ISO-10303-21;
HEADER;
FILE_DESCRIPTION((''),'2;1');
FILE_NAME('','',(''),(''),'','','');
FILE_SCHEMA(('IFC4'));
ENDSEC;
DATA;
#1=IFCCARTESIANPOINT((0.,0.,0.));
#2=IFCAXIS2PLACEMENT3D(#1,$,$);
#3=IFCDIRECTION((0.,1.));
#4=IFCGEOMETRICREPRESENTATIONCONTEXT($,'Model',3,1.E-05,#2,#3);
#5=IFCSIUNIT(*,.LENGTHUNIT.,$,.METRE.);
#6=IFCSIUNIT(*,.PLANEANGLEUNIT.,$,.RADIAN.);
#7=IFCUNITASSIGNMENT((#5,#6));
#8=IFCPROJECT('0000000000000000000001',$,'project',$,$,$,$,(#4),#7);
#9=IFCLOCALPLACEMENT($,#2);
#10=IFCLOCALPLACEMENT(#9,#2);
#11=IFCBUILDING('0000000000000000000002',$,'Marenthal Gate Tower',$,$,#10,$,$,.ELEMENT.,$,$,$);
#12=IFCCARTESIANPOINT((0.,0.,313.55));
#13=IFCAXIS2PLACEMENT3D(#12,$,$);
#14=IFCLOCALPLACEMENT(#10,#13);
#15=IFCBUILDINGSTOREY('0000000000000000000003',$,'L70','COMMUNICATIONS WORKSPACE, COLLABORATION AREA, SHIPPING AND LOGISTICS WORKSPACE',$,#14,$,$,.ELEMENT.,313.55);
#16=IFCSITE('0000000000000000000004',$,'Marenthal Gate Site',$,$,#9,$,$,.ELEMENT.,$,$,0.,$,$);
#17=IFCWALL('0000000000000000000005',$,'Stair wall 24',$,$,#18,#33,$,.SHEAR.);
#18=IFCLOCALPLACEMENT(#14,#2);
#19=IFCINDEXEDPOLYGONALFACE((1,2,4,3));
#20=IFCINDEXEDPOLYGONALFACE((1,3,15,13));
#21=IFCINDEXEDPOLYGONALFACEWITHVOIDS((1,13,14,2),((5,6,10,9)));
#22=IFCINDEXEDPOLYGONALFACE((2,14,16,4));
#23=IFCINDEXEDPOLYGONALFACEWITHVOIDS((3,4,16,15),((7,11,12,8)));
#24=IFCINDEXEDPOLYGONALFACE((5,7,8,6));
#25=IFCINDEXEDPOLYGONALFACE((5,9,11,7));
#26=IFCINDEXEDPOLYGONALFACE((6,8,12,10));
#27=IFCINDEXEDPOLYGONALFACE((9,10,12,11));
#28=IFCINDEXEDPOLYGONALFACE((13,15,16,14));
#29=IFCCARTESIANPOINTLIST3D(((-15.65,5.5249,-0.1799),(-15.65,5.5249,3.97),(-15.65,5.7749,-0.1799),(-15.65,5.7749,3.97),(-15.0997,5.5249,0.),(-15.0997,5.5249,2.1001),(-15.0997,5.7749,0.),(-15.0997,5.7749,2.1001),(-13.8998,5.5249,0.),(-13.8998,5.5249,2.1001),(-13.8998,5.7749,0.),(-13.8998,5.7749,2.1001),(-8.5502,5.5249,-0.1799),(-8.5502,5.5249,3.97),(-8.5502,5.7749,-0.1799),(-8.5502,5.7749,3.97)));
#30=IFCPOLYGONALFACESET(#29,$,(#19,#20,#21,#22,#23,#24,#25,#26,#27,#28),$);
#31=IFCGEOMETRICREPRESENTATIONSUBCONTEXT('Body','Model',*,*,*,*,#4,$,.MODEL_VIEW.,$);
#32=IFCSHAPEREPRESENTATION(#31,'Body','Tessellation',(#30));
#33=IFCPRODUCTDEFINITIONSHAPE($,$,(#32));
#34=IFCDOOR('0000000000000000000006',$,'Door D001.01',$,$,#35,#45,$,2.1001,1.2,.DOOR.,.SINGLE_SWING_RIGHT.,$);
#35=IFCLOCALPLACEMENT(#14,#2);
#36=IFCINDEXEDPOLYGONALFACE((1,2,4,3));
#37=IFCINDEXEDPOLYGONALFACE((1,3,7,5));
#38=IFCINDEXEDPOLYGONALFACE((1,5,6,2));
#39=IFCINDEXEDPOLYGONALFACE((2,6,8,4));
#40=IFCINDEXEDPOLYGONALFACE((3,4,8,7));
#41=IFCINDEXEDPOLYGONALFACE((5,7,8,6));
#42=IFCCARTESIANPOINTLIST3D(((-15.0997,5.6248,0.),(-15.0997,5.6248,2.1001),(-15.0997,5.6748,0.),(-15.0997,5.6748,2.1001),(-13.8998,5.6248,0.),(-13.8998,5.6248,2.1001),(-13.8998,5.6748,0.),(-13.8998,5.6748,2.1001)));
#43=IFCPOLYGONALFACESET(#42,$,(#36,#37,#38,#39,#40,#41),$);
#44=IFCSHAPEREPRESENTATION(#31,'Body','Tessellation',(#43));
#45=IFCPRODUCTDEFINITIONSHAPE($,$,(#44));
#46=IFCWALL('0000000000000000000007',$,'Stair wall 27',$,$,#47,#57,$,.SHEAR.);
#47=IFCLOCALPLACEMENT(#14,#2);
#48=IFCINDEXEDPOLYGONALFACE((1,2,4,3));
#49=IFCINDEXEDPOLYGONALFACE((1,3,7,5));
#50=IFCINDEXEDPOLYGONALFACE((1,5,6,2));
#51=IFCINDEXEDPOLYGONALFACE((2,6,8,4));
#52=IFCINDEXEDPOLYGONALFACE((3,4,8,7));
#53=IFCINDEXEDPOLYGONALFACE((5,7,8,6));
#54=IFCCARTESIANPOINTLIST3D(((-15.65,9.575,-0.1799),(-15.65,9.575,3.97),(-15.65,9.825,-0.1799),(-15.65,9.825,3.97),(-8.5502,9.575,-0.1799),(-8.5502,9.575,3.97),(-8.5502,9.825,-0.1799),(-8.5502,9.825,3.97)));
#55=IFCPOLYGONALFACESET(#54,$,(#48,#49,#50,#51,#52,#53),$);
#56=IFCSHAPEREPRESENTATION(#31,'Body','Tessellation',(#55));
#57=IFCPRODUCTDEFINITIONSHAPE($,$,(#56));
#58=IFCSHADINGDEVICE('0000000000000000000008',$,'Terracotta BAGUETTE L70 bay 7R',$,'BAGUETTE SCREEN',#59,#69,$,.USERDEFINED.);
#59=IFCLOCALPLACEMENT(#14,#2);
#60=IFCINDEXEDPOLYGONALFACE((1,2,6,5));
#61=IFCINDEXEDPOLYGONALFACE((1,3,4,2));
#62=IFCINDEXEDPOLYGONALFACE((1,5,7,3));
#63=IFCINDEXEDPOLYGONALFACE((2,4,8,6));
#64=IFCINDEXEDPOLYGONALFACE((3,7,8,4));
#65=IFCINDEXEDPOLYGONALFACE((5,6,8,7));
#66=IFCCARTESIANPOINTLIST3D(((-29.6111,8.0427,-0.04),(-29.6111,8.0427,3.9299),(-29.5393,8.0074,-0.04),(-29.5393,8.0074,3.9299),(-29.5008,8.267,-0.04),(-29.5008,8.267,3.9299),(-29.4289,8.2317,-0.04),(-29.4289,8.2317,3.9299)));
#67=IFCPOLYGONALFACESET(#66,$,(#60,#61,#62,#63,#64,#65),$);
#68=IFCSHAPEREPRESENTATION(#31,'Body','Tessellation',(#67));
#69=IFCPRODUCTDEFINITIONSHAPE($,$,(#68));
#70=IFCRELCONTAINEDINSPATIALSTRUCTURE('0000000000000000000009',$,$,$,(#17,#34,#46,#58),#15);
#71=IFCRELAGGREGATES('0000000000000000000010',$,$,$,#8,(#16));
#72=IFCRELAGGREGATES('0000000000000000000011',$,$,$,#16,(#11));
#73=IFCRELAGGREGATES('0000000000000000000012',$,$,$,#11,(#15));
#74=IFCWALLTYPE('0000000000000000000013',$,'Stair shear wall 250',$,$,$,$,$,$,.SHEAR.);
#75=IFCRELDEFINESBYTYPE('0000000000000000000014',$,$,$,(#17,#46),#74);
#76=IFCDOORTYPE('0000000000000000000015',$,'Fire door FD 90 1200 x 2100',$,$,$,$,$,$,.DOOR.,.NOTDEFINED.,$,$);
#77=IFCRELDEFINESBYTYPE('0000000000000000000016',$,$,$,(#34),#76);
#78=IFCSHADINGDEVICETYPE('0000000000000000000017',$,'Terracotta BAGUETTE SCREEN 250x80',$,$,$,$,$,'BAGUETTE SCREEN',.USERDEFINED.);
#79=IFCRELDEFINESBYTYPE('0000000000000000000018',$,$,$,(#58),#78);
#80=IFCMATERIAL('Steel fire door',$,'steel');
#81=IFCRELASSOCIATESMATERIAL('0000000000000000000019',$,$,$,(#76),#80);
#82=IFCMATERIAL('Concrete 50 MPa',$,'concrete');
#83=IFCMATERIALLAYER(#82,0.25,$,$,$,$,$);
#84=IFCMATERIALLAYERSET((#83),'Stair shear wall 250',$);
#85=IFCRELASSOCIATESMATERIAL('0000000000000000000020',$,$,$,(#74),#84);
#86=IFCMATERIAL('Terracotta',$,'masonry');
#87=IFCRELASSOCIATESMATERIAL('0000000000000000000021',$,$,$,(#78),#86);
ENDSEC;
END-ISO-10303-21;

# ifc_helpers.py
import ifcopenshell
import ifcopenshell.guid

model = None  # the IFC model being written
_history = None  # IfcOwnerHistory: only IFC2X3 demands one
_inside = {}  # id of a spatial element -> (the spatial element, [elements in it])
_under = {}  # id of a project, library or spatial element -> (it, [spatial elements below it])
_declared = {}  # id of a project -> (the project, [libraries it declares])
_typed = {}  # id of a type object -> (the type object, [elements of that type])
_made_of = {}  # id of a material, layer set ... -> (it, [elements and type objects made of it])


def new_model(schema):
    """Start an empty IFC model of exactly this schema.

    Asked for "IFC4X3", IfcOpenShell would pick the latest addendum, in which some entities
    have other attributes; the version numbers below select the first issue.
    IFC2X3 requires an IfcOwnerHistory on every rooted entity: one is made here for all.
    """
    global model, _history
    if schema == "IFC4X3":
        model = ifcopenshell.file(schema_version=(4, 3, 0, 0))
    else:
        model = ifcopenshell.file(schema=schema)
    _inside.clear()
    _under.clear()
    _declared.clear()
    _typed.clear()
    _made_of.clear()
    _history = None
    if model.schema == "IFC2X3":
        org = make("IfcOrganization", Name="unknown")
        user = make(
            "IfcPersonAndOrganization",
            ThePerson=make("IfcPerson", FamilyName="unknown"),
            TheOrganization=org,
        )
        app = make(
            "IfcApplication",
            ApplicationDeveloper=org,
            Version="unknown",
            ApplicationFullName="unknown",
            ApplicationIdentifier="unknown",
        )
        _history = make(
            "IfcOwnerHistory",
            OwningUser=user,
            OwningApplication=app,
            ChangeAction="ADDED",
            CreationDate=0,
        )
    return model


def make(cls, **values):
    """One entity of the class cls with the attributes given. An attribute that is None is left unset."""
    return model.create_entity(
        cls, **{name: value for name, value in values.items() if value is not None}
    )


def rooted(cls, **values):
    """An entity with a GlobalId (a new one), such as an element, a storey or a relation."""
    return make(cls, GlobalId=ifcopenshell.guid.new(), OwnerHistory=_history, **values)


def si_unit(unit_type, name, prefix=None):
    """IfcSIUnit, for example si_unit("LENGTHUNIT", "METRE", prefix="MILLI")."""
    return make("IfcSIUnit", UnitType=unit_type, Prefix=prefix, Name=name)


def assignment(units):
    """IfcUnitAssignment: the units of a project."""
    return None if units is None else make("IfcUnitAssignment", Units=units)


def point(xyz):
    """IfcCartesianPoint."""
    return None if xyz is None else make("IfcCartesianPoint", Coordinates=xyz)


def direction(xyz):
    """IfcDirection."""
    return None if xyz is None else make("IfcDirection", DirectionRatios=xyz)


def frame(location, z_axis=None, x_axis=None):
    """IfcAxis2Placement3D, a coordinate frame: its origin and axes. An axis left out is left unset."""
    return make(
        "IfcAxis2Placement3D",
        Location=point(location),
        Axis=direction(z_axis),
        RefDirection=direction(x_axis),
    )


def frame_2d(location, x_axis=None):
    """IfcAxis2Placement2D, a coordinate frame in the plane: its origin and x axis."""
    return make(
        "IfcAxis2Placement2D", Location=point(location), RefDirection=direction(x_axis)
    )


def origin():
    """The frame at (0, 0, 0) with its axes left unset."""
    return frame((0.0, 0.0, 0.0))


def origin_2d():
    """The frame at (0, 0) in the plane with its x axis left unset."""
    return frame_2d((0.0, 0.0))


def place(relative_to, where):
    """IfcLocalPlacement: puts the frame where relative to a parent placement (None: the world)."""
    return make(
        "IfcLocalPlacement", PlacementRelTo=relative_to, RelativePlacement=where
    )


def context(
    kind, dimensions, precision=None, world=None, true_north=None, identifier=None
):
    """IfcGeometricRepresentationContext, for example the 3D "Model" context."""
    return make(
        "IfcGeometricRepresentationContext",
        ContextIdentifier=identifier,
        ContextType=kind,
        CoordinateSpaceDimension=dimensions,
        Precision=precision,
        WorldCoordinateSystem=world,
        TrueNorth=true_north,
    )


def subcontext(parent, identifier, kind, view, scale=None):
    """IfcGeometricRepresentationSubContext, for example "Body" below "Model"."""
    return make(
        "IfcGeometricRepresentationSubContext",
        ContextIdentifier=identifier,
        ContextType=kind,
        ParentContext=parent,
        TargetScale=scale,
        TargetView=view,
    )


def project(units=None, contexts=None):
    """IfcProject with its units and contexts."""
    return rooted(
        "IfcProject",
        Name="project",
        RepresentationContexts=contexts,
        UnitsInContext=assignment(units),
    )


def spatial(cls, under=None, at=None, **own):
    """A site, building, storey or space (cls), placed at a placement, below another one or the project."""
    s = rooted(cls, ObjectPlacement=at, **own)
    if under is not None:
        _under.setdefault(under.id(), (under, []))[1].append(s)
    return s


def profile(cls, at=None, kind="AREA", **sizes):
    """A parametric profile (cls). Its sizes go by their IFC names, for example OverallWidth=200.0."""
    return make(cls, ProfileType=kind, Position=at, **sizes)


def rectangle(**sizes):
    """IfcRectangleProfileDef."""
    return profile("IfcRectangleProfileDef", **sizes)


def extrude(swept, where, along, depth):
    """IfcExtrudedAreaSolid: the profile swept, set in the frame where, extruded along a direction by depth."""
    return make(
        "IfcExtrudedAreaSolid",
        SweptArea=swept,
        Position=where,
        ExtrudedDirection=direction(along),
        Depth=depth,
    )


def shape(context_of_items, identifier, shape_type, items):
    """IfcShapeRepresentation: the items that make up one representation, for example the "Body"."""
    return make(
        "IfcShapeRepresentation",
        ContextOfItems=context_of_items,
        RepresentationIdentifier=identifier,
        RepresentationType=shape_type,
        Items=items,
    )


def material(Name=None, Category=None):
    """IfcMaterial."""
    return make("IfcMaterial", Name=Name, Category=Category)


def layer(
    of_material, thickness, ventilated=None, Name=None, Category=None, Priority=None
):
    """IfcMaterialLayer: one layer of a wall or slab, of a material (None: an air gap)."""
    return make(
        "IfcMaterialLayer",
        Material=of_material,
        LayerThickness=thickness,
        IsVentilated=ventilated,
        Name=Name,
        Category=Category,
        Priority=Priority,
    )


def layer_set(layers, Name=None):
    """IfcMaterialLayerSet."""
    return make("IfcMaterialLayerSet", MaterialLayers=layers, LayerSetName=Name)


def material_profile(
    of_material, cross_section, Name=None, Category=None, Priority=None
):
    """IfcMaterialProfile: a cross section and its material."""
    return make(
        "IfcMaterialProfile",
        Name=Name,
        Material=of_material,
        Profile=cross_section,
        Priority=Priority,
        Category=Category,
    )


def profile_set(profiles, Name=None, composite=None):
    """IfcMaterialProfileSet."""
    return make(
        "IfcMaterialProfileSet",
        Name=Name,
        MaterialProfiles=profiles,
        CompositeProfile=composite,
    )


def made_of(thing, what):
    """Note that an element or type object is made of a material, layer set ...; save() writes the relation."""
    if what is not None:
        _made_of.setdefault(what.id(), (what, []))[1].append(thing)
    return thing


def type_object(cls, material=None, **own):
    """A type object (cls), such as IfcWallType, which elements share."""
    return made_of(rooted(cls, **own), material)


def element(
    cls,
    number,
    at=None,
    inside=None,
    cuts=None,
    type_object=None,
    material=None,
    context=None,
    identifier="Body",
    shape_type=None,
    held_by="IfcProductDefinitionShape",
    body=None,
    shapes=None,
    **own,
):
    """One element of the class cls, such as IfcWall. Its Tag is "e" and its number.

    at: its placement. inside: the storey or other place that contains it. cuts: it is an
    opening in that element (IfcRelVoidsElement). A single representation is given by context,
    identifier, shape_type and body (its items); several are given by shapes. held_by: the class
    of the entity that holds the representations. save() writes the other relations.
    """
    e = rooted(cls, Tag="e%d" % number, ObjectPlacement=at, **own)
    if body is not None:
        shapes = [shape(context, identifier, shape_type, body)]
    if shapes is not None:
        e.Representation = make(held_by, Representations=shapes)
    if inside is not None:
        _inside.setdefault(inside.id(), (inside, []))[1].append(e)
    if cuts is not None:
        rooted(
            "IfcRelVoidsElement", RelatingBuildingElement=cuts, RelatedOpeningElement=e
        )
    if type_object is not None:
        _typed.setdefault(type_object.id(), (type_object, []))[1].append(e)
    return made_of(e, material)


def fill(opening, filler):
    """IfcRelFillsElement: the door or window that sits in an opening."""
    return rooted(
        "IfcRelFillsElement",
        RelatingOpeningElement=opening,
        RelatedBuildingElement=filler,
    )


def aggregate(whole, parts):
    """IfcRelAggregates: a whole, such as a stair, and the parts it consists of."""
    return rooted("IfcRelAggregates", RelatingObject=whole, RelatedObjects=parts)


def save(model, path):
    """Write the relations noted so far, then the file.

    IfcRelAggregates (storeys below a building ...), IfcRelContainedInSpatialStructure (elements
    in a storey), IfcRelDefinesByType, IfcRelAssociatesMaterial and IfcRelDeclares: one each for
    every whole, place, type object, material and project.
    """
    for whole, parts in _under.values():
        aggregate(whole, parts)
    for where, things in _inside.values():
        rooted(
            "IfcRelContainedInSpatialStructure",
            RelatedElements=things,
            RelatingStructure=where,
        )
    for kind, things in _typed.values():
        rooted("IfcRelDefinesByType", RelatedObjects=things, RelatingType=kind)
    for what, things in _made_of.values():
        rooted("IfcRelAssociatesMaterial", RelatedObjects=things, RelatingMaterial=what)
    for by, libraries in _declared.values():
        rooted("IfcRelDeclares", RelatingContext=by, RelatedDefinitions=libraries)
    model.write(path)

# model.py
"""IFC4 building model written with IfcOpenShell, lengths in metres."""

from ifc_helpers import new_model, si_unit, direction, frame, frame_2d, origin, origin_2d, place, context, subcontext, project, spatial, rectangle, extrude, material, layer, layer_set, material_profile, profile_set, type_object, element, fill, save


model = new_model("IFC4")

# Units and contexts
model_context = context("Model", 3, precision=1e-05, world=origin(), true_north=direction((0.0, 1.0)))
body_context = subcontext(model_context, "Body", "Model", "MODEL_VIEW")
ifc_project = project(units=[si_unit("LENGTHUNIT", "METRE"), si_unit("PLANEANGLEUNIT", "RADIAN")], contexts=[model_context])

# Site, building, storey
site_placement = place(None, origin())
site = spatial("IfcSite", under=ifc_project, at=site_placement, Name="Marenthal Gate Site", CompositionType="ELEMENT", RefElevation=0.0)
building_placement = place(site_placement, origin())
building = spatial("IfcBuilding", under=site, at=building_placement, Name="Marenthal Gate Tower", CompositionType="ELEMENT")
storey_placement = place(building_placement, frame((0.0, 0.0, 313.55)))
storey = spatial("IfcBuildingStorey", under=building, at=storey_placement, Name="L70", Description="COMMUNICATIONS WORKSPACE, COLLABORATION AREA, SHIPPING AND LOGISTICS WORKSPACE", CompositionType="ELEMENT", Elevation=313.55)

# Shared definitions
ifc_material_1 = material(Name="Steel fire door", Category="steel")
door_type_1 = type_object("IfcDoorType", Name="Fire door FD 90 1200 x 2100", OperationType="NOTDEFINED", PredefinedType="DOOR", material=ifc_material_1)

# Wall, opening, door
ifc_material_2 = material(Name="Concrete 50 MPa", Category="concrete")
ifc_layer_1 = layer(ifc_material_2, 0.25)
ifc_layer_set_1 = layer_set([ifc_layer_1], Name="Stair shear wall 250")
wall_type_1 = type_object("IfcWallType", Name="Stair shear wall 250", PredefinedType="SHEAR", material=ifc_layer_set_1)
wall_1_placement = place(storey_placement, frame((-15.6499, 5.6499, -0.1799), z_axis=(0.0, 0.0, 1.0), x_axis=(1.0, 0.0, 0.0)))
wall_1 = element("IfcWall", 1, at=wall_1_placement, inside=storey, type_object=wall_type_1, Name="Stair wall 24", PredefinedType="SHEAR", context=body_context, shape_type="SweptSolid", body=[
    extrude(rectangle(XDim=7.0999, YDim=0.25, at=frame_2d((3.5498, 0.0))), origin(), (0.0, 0.0, 1.0), 4.1499),
])
opening_1_placement = place(wall_1_placement, frame((0.55, 0.0, 0.1799)))
opening_1 = element("IfcOpeningElement", 2, at=opening_1_placement, cuts=wall_1, PredefinedType="OPENING", context=body_context, shape_type="SweptSolid", body=[
    extrude(rectangle(XDim=1.2, YDim=2.1001, at=frame_2d((0.6001, 1.05))), frame((0.0, 0.135, 0.0), z_axis=(0.0, -1.0, 0.0), x_axis=(1.0, 0.0, 0.0)), (0.0, 0.0, 1.0), 0.27),
])
door_1_placement = place(opening_1_placement, origin())
door_1 = element("IfcDoor", 3, at=door_1_placement, inside=storey, type_object=door_type_1, Name="Door D001.01", OperationType="SINGLE_SWING_RIGHT", OverallHeight=2.1001, OverallWidth=1.2, PredefinedType="DOOR", context=body_context, shape_type="SweptSolid", body=[
    extrude(rectangle(XDim=1.2, YDim=2.1001, at=frame_2d((0.6001, 1.05))), frame((0.0, 0.0249, 0.0), z_axis=(0.0, -1.0, 0.0), x_axis=(1.0, 0.0, 0.0)), (0.0, 0.0, 1.0), 0.05),
])
fill(opening_1, door_1)

# Wall
wall_2_placement = place(storey_placement, frame((-15.6499, 9.7, -0.1799), z_axis=(0.0, 0.0, 1.0), x_axis=(1.0, 0.0, 0.0)))
element("IfcWall", 4, at=wall_2_placement, inside=storey, type_object=wall_type_1, Name="Stair wall 27", PredefinedType="SHEAR", context=body_context, shape_type="SweptSolid", body=[
    extrude(rectangle(XDim=7.0999, YDim=0.25, at=frame_2d((3.5498, 0.0))), origin(), (0.0, 0.0, 1.0), 4.1499),
])

# Shading device
ifc_material_3 = material(Name="Terracotta", Category="masonry")
ifc_material_profile_1 = material_profile(ifc_material_3, rectangle(XDim=0.25, YDim=0.0801, at=origin_2d()), Name="Terracotta baguette 250x80")
ifc_profile_set_1 = profile_set([ifc_material_profile_1], Name="Terracotta")
shading_device_type = type_object("IfcShadingDeviceType", Name="Terracotta BAGUETTE SCREEN 250x80", ElementType="BAGUETTE SCREEN", PredefinedType="USERDEFINED", material=ifc_profile_set_1)
shading_device_placement = place(storey_placement, frame((-29.52, 8.1372, -0.04), z_axis=(0.0, 0.0, 1.0), x_axis=(-0.441518, -0.897253, 0.0)))
element("IfcShadingDevice", 5, at=shading_device_placement, inside=storey, type_object=shading_device_type, Name="Terracotta BAGUETTE L70 bay 7R", ObjectType="BAGUETTE SCREEN", PredefinedType="USERDEFINED", context=body_context, shape_type="SweptSolid", body=[
    extrude(rectangle(XDim=0.25, YDim=0.0801, at=origin_2d()), origin(), (0.0, 0.0, 1.0), 3.97),
])

save(model, "model.ifc")
